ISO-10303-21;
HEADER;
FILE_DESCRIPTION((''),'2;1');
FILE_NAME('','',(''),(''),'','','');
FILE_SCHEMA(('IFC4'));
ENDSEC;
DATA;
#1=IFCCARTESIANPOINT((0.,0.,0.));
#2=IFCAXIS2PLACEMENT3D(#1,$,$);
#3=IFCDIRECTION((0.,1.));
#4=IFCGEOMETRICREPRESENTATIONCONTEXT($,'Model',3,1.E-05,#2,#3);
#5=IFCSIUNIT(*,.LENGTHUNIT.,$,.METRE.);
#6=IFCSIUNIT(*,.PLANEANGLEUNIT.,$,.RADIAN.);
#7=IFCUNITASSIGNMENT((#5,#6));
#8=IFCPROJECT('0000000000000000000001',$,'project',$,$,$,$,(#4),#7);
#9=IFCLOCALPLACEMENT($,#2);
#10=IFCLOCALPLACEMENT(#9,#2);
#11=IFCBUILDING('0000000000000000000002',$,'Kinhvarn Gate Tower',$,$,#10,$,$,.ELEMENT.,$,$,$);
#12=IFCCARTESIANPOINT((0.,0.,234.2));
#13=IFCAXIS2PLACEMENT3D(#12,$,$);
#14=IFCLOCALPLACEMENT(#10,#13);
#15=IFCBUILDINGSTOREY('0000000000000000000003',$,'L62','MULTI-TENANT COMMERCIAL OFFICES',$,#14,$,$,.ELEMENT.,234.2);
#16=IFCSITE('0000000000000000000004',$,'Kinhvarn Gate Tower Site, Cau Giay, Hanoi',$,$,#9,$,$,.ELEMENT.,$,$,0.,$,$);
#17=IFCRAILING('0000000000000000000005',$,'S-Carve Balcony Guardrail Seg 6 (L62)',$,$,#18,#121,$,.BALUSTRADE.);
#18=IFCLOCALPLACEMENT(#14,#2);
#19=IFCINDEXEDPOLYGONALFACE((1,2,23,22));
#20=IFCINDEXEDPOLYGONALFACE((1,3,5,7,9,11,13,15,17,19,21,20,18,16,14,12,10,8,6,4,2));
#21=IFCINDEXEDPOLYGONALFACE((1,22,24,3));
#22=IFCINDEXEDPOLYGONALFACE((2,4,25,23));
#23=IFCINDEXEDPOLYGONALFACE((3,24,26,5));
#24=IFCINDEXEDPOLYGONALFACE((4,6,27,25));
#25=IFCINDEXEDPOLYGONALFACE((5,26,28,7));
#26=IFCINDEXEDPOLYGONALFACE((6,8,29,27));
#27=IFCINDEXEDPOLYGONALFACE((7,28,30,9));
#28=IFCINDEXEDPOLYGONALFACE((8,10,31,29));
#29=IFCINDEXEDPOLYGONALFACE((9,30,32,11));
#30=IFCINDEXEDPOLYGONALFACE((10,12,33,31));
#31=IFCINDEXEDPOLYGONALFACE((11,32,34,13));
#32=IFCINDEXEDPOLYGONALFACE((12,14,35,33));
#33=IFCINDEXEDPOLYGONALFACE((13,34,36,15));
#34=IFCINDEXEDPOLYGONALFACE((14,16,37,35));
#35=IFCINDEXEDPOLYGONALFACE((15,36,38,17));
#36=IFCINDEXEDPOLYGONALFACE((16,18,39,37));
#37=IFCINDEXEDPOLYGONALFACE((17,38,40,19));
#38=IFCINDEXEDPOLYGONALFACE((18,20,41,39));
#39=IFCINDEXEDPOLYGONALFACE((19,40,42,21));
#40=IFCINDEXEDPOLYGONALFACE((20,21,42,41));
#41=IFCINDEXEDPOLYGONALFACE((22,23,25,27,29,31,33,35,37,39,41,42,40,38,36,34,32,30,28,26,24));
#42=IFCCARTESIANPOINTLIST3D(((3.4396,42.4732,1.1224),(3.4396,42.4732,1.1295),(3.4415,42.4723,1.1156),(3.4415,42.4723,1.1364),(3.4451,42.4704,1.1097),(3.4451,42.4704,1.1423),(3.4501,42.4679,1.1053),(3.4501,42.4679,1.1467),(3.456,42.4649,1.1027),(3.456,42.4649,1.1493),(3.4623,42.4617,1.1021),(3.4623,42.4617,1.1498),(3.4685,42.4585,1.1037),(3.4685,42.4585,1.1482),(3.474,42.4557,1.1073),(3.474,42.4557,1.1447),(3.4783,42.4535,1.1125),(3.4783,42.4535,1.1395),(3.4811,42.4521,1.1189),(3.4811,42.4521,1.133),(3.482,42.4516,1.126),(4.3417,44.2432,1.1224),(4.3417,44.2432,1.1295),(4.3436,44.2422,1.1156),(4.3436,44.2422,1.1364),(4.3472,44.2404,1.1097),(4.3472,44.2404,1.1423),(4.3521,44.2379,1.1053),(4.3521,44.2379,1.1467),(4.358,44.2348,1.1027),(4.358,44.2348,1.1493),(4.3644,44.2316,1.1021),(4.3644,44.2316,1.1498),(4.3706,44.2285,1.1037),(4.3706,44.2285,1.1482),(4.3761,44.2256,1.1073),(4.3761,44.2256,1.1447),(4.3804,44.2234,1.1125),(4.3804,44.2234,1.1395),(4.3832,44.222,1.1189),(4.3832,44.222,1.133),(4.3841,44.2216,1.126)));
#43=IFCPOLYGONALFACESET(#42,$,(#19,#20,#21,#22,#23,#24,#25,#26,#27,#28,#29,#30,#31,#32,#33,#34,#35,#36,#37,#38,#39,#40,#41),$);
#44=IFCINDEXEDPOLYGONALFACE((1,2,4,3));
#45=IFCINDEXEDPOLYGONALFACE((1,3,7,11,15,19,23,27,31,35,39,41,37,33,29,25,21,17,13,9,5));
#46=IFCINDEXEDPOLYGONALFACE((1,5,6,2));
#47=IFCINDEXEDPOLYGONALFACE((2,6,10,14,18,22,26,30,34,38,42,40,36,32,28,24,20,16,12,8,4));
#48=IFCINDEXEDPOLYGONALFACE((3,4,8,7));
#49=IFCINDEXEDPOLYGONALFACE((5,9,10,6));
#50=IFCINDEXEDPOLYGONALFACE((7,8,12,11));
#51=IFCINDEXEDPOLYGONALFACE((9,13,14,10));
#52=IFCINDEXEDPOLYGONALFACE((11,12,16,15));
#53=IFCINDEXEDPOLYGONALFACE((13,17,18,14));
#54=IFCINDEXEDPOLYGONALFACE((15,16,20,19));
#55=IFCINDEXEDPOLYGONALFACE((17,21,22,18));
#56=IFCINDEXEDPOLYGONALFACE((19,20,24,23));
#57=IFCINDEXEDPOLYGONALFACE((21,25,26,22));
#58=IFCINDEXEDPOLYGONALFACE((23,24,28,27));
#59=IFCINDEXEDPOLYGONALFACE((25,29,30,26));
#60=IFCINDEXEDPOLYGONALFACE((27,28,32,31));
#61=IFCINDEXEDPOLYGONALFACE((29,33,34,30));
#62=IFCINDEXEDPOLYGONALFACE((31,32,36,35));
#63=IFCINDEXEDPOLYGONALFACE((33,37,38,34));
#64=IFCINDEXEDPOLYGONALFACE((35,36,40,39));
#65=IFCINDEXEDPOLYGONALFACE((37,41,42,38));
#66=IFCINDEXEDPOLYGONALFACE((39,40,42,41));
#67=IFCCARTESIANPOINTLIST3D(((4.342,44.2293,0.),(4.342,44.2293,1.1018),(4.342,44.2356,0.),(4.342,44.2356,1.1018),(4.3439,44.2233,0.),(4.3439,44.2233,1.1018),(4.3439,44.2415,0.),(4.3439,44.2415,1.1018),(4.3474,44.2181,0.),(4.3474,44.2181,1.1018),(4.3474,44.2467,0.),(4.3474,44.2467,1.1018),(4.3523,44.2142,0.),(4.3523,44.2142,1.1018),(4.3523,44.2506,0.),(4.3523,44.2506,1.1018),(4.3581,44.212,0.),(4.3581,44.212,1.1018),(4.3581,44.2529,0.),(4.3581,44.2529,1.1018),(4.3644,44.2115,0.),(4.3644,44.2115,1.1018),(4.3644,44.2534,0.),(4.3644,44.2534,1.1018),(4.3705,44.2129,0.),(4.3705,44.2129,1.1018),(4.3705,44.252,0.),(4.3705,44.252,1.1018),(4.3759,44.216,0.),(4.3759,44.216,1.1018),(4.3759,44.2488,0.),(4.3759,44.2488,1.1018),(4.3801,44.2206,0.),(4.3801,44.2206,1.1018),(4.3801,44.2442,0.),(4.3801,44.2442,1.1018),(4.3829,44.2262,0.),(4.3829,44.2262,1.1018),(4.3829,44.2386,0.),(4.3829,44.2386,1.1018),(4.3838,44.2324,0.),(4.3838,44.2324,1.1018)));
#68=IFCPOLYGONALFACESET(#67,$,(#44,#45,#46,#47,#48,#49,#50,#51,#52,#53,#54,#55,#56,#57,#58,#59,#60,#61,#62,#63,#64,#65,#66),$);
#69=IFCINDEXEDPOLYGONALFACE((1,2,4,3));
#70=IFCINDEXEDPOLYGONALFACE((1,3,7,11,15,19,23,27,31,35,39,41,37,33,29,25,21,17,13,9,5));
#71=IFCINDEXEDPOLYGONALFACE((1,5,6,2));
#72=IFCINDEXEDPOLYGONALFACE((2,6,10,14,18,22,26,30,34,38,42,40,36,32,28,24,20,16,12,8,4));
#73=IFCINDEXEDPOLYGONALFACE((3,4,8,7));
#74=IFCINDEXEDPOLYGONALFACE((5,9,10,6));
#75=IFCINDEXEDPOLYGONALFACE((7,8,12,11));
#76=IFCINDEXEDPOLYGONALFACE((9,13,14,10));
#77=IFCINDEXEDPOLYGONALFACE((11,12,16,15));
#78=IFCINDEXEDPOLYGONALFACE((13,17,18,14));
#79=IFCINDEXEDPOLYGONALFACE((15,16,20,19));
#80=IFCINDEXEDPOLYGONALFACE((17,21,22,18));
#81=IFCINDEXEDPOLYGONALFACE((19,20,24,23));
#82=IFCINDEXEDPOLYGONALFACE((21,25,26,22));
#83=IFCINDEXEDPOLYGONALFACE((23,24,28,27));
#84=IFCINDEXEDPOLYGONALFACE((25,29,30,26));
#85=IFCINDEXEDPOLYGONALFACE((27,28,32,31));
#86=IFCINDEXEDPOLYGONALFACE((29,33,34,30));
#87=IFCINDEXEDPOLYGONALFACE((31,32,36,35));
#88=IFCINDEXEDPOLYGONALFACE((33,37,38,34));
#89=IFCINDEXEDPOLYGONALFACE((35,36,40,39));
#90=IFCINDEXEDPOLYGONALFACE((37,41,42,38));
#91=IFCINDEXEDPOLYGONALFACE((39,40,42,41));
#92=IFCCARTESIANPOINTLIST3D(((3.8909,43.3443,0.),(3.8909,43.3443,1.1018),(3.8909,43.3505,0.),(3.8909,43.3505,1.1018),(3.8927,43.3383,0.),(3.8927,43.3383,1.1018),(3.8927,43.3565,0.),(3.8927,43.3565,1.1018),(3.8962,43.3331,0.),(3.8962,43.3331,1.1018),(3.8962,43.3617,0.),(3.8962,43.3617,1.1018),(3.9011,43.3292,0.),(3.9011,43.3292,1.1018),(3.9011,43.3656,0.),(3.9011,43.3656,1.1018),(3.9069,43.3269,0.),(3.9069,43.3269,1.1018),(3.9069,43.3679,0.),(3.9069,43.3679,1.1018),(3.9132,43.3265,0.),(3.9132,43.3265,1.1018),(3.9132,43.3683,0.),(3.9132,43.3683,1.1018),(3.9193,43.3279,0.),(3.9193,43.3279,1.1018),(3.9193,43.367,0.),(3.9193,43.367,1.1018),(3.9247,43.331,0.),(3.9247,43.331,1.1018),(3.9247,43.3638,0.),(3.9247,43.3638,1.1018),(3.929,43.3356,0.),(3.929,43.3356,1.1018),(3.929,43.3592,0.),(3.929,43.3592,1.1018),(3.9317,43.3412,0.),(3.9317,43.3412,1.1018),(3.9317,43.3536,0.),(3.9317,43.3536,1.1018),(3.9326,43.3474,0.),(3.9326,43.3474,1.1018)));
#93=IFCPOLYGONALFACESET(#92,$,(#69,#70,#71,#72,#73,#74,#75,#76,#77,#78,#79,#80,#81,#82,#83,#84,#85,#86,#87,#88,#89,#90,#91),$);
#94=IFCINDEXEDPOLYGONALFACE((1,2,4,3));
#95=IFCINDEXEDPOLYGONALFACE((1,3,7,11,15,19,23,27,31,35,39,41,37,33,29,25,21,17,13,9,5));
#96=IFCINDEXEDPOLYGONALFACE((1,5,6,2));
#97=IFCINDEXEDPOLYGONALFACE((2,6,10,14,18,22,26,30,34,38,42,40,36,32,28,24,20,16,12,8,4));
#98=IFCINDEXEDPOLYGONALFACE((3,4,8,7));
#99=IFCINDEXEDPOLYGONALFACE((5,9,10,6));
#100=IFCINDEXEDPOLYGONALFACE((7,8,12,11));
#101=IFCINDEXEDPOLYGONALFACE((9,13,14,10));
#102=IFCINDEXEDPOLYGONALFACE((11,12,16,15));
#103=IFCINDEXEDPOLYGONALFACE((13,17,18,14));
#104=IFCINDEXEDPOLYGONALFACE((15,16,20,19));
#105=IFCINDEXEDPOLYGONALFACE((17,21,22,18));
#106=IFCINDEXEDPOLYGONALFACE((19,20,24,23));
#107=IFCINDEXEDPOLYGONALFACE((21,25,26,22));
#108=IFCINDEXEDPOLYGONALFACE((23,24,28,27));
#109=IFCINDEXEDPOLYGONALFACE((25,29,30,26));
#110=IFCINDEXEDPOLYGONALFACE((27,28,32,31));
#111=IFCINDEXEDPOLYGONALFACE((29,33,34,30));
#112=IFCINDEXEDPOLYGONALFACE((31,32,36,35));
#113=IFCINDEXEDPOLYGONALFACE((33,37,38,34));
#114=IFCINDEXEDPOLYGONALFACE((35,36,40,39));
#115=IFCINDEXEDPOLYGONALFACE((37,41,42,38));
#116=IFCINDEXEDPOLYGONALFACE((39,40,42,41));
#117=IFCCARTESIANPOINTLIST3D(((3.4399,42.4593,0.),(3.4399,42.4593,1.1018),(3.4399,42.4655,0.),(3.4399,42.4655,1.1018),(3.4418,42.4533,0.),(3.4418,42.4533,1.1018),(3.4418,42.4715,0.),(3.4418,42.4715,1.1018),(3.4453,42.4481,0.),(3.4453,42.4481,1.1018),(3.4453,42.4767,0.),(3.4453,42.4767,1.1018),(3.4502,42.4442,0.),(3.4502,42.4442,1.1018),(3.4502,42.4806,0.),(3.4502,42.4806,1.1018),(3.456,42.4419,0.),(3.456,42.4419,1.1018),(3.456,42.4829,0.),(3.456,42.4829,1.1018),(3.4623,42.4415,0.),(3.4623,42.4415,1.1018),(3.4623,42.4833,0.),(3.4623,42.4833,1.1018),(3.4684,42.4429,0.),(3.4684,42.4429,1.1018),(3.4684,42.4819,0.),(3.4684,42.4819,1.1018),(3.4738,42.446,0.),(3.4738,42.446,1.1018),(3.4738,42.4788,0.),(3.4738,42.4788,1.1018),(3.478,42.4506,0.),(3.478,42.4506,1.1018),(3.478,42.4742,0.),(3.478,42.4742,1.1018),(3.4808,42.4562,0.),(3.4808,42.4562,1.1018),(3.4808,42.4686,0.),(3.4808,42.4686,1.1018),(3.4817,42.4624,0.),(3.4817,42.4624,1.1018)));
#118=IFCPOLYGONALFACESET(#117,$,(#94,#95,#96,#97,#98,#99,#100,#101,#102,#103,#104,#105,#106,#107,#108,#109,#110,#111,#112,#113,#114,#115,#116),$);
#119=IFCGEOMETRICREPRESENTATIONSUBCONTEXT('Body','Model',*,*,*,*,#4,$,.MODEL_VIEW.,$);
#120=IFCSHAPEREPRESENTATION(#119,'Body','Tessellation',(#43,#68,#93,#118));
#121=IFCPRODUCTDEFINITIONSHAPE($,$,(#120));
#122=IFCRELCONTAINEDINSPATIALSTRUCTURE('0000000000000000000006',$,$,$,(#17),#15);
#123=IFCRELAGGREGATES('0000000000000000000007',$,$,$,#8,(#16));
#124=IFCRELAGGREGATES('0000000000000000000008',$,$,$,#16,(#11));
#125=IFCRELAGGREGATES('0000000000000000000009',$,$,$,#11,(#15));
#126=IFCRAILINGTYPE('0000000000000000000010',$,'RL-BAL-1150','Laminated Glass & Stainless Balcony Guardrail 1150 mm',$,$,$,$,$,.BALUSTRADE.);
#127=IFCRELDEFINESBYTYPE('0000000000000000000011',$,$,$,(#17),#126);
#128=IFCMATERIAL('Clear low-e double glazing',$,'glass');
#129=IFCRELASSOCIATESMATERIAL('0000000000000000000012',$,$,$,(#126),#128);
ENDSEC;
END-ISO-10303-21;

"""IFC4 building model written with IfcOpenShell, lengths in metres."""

from ifc_helpers import new_model, si_unit, direction, frame, origin, origin_2d, place, context, subcontext, project, spatial, circle, extrude, material, type_object, element, save


model = new_model("IFC4")

# Units and contexts
model_context = context("Model", 3, precision=1e-05, world=origin(), true_north=direction((0.0, 1.0)))
body_context = subcontext(model_context, "Body", "Model", "MODEL_VIEW")
ifc_project = project(units=[si_unit("LENGTHUNIT", "METRE"), si_unit("PLANEANGLEUNIT", "RADIAN")], contexts=[model_context])

# Site, building, storey
site_placement = place(None, origin())
site = spatial("IfcSite", under=ifc_project, at=site_placement, Name="Kinhvarn Gate Tower Site, Cau Giay, Hanoi", CompositionType="ELEMENT", RefElevation=0.0)
building_placement = place(site_placement, origin())
building = spatial("IfcBuilding", under=site, at=building_placement, Name="Kinhvarn Gate Tower", CompositionType="ELEMENT")
storey_placement = place(building_placement, frame((0.0, 0.0, 234.2)))
storey = spatial("IfcBuildingStorey", under=building, at=storey_placement, Name="L62", Description="MULTI-TENANT COMMERCIAL OFFICES", CompositionType="ELEMENT", Elevation=234.2)

# Shared definitions
ifc_material_1 = material(Name="Clear low-e double glazing", Category="glass")

# Railing
railing_type = type_object("IfcRailingType", Name="RL-BAL-1150", Description="Laminated Glass & Stainless Balcony Guardrail 1150 mm", PredefinedType="BALUSTRADE", material=ifc_material_1)
railing_1_placement = place(storey_placement, frame((4.3628, 44.2324, 0.0)))
element("IfcRailing", 1, at=railing_1_placement, inside=storey, type_object=railing_type, Name="S-Carve Balcony Guardrail Seg 6 (L62)", PredefinedType="BALUSTRADE", context=body_context, shape_type="SweptSolid", body=[
    extrude(circle(Radius=0.0239, at=origin_2d()), frame((0.0, 0.0, 1.126), z_axis=(-0.454082, -0.89096, 0.0), x_axis=(0.89096, -0.454082, 0.0)), (0.0, 0.0, 1.0), 1.9866),
    extrude(circle(Radius=0.021, at=origin_2d()), origin(), (0.0, 0.0, 1.0), 1.1018),
    extrude(circle(Radius=0.021, at=origin_2d()), frame((-0.4512, -0.885, 0.0)), (0.0, 0.0, 1.0), 1.1018),
    extrude(circle(Radius=0.021, at=origin_2d()), frame((-0.9021, -1.77, 0.0)), (0.0, 0.0, 1.0), 1.1018),
])

save(model, "model.ifc")
